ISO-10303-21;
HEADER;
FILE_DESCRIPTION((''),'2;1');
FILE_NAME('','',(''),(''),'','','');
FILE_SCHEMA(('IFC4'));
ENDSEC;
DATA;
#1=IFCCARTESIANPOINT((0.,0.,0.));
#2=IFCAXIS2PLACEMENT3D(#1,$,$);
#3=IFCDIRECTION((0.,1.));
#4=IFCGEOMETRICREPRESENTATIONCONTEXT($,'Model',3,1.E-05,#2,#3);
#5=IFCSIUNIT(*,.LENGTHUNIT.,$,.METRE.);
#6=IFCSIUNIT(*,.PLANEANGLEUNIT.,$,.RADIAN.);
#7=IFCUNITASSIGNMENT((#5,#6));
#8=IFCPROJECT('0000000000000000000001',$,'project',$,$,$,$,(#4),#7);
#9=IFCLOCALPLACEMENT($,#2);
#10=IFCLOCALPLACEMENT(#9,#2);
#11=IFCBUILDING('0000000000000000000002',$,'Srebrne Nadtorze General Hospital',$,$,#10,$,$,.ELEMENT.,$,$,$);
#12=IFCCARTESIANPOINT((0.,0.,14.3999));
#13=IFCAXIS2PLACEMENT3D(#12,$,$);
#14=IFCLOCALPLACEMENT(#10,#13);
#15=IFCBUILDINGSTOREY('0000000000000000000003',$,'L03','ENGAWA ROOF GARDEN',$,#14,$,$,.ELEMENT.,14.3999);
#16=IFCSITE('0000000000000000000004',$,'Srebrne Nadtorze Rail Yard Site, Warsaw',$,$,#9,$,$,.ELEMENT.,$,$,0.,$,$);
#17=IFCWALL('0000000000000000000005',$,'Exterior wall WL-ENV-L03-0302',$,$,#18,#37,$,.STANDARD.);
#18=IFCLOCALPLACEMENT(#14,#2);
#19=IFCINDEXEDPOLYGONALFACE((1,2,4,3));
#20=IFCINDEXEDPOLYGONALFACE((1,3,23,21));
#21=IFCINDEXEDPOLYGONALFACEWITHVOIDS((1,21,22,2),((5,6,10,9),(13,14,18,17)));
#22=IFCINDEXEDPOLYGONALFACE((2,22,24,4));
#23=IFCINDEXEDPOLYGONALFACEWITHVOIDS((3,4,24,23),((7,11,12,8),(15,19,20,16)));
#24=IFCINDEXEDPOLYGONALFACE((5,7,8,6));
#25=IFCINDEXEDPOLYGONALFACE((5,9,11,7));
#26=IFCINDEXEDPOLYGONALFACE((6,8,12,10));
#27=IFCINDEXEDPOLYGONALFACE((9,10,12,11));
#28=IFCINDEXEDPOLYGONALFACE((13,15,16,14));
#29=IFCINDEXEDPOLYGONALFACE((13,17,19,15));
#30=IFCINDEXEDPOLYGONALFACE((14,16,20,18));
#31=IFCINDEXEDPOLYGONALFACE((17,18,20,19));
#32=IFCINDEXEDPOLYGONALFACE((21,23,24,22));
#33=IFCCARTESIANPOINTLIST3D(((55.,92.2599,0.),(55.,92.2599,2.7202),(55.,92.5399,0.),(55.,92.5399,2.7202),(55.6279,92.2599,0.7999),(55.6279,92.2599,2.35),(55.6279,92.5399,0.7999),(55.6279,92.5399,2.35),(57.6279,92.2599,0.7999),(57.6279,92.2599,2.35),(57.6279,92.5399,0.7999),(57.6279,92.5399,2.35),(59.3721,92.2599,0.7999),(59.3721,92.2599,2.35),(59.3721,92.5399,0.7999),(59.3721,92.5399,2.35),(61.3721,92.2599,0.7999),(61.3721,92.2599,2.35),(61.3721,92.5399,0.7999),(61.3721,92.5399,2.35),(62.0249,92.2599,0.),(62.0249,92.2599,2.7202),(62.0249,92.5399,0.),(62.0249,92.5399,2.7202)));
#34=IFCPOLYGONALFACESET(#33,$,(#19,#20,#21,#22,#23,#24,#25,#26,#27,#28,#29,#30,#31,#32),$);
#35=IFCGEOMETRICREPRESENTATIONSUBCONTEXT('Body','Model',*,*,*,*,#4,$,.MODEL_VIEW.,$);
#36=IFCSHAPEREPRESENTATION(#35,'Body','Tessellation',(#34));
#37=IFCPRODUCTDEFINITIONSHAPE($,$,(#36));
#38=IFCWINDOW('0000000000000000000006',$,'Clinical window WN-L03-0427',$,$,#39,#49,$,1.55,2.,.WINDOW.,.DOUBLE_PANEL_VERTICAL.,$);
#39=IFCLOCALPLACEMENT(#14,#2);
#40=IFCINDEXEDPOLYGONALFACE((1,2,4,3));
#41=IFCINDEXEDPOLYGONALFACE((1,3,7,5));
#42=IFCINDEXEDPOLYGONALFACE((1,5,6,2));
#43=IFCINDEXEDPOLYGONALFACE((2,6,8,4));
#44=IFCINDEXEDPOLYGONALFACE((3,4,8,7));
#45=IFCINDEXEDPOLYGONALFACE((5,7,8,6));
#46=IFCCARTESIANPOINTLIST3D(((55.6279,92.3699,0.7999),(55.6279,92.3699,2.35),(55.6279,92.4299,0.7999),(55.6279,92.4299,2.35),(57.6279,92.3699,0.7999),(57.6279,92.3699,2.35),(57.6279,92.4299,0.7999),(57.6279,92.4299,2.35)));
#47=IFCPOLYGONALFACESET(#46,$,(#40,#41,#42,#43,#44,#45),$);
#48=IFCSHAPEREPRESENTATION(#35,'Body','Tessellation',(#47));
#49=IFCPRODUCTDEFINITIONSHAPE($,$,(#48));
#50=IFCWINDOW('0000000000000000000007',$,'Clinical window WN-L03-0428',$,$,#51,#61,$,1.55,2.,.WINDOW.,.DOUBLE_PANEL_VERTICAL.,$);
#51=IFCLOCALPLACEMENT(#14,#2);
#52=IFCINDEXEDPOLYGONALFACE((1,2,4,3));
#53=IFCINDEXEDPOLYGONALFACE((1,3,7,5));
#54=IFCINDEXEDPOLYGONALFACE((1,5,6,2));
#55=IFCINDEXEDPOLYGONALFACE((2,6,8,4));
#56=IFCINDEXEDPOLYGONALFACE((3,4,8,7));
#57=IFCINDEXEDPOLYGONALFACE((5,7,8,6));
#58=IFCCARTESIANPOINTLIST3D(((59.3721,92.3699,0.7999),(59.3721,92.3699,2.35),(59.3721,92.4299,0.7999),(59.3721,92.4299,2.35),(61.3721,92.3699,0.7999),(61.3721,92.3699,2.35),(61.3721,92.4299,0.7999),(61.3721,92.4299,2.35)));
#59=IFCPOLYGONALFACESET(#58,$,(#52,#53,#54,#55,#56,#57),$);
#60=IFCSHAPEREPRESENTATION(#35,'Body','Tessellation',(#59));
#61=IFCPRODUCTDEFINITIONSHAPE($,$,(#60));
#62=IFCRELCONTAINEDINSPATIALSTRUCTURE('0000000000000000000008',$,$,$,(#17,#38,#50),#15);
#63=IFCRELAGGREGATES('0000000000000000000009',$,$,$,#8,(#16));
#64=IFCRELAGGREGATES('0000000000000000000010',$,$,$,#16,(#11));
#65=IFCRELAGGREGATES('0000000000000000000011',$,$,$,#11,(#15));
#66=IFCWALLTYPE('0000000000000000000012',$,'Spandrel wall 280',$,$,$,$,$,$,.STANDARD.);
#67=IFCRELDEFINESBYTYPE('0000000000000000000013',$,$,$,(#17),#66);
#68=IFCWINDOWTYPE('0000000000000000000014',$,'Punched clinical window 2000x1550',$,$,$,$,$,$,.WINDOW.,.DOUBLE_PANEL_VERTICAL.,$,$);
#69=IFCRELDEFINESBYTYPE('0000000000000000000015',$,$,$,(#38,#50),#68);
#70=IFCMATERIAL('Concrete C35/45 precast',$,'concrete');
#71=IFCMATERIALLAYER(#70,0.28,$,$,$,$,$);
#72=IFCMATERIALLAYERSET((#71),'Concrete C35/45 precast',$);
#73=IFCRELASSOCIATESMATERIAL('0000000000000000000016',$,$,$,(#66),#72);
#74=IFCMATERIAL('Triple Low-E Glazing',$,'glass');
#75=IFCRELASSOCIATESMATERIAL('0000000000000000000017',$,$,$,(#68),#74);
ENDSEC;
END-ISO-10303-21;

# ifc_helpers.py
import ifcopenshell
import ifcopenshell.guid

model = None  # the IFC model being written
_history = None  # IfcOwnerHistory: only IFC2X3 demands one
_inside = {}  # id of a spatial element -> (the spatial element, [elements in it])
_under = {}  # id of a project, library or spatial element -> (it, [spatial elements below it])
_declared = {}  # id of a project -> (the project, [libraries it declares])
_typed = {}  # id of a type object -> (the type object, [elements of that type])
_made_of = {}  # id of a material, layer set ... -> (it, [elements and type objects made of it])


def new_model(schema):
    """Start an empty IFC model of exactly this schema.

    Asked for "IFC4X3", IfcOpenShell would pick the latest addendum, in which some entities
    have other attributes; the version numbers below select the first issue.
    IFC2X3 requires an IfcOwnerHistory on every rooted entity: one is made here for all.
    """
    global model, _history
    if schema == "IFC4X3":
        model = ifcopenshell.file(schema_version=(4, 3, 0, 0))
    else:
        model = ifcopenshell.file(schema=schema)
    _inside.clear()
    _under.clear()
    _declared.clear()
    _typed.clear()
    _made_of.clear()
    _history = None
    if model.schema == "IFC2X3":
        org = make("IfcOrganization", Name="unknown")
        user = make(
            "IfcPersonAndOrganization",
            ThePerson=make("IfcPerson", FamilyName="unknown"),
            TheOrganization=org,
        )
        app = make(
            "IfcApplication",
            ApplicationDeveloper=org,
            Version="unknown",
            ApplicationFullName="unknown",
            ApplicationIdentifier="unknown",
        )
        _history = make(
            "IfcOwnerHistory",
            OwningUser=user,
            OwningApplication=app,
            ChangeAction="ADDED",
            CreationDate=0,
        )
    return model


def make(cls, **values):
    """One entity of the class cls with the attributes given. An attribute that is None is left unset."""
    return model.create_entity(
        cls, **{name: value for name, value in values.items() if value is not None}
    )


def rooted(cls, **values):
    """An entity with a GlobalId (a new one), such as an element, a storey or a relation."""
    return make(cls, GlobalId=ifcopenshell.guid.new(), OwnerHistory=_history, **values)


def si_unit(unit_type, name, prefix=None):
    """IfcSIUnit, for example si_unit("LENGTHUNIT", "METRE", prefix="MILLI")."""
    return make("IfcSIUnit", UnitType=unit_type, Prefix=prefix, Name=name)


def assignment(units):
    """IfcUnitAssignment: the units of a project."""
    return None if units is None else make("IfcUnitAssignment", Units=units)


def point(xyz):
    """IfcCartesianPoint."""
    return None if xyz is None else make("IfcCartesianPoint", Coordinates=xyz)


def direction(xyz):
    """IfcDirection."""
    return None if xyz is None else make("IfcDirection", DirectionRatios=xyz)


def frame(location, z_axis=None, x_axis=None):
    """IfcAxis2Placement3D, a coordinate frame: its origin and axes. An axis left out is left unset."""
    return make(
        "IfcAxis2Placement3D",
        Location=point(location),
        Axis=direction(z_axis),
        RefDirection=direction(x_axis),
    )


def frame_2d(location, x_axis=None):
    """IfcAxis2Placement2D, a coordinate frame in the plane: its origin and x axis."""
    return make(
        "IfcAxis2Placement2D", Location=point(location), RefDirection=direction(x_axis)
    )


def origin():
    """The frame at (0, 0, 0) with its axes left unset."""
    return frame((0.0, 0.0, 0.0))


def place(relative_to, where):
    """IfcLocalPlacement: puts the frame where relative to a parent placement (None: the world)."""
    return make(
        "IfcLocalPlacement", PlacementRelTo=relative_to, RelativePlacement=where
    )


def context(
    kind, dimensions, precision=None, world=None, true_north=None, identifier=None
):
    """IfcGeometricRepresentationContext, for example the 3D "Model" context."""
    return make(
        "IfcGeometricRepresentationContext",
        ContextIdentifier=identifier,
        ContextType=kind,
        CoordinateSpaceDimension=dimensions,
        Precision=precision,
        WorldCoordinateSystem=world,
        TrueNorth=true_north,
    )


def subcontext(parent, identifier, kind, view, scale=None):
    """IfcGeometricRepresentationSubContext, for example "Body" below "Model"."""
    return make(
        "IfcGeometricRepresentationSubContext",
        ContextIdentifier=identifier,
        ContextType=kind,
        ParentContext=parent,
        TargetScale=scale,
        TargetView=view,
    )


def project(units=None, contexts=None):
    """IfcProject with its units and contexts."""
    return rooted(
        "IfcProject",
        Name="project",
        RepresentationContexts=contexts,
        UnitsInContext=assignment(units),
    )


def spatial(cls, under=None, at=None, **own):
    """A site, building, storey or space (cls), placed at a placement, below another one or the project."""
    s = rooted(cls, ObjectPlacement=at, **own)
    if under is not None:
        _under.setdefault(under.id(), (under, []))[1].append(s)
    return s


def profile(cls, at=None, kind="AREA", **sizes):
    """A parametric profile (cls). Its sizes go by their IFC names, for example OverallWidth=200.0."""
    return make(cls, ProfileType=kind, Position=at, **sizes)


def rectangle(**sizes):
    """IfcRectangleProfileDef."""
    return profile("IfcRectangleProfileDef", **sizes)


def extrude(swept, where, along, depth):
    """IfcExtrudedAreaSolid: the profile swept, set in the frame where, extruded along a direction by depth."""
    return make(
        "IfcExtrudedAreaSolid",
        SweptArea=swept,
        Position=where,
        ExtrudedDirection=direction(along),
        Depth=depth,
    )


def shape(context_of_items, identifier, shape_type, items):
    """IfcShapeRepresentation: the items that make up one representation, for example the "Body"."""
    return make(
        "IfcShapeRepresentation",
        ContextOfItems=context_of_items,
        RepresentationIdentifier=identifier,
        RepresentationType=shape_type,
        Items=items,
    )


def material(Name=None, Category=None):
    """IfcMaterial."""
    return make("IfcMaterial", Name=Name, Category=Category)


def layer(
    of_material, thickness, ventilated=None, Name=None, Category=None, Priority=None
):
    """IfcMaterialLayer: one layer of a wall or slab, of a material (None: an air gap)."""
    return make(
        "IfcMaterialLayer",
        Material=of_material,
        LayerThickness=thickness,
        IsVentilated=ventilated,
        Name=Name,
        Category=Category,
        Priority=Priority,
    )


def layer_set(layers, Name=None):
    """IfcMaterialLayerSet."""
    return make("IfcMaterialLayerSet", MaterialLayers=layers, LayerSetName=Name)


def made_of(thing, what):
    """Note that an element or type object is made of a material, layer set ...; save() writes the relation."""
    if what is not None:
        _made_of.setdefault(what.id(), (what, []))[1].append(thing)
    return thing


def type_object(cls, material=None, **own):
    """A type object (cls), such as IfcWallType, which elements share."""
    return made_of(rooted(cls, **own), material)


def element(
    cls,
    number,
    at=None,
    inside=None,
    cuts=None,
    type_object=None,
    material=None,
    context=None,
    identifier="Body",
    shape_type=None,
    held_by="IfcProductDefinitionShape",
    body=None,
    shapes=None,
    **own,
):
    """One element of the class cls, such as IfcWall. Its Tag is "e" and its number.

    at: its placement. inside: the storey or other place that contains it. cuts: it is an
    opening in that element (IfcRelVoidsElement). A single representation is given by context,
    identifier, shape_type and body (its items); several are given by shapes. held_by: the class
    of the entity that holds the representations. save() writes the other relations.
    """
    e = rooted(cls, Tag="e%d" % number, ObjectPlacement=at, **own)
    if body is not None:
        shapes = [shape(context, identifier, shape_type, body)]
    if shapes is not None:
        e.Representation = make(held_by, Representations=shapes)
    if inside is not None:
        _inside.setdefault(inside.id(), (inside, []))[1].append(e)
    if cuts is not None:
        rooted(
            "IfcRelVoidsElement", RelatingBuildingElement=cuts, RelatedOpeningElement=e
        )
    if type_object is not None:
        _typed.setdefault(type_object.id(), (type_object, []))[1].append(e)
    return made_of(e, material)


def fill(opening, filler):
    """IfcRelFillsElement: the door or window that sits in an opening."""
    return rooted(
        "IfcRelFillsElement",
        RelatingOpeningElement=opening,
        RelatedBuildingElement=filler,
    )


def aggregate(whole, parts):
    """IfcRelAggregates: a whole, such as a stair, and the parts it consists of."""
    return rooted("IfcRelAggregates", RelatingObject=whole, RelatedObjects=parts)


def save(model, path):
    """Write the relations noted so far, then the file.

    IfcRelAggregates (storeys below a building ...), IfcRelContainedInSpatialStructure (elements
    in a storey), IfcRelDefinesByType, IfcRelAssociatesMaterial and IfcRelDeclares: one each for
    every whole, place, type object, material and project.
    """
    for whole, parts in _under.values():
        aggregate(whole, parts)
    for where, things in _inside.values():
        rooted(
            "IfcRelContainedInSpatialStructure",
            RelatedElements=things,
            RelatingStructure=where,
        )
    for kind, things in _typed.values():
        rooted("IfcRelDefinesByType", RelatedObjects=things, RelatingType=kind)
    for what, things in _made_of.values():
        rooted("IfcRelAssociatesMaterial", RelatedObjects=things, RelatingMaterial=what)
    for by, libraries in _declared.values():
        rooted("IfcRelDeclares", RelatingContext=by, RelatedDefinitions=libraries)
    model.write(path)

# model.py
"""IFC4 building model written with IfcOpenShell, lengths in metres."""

from ifc_helpers import new_model, si_unit, direction, frame, frame_2d, origin, place, context, subcontext, project, spatial, rectangle, extrude, material, layer, layer_set, type_object, element, fill, save


model = new_model("IFC4")

# Units and contexts
model_context = context("Model", 3, precision=1e-05, world=origin(), true_north=direction((0.0, 1.0)))
body_context = subcontext(model_context, "Body", "Model", "MODEL_VIEW")
ifc_project = project(units=[si_unit("LENGTHUNIT", "METRE"), si_unit("PLANEANGLEUNIT", "RADIAN")], contexts=[model_context])

# Site, building, storey
site_placement = place(None, origin())
site = spatial("IfcSite", under=ifc_project, at=site_placement, Name="Srebrne Nadtorze Rail Yard Site, Warsaw", CompositionType="ELEMENT", RefElevation=0.0)
building_placement = place(site_placement, origin())
building = spatial("IfcBuilding", under=site, at=building_placement, Name="Srebrne Nadtorze General Hospital", CompositionType="ELEMENT")
storey_placement = place(building_placement, frame((0.0, 0.0, 14.3999)))
storey = spatial("IfcBuildingStorey", under=building, at=storey_placement, Name="L03", Description="ENGAWA ROOF GARDEN", CompositionType="ELEMENT", Elevation=14.3999)

# Wall, openings, windows
ifc_material_1 = material(Name="Concrete C35/45 precast", Category="concrete")
ifc_layer_1 = layer(ifc_material_1, 0.28)
ifc_layer_set_1 = layer_set([ifc_layer_1], Name="Concrete C35/45 precast")
wall_type_1 = type_object("IfcWallType", Name="Spandrel wall 280", PredefinedType="STANDARD", material=ifc_layer_set_1)
wall_1_placement = place(storey_placement, frame((55.0, 92.3999, 0.0), z_axis=(0.0, 0.0, 1.0), x_axis=(1.0, 0.0, 0.0)))
wall_1 = element("IfcWall", 1, at=wall_1_placement, inside=storey, type_object=wall_type_1, Name="Exterior wall WL-ENV-L03-0302", PredefinedType="STANDARD", context=body_context, shape_type="SweptSolid", body=[
    extrude(rectangle(XDim=7.0249, YDim=0.28, at=frame_2d((3.5125, 0.0))), origin(), (0.0, 0.0, 1.0), 2.7202),
])
opening_1_placement = place(wall_1_placement, frame((0.6279, 0.0, 0.8)))
opening_1 = element("IfcOpeningElement", 2, at=opening_1_placement, cuts=wall_1, PredefinedType="OPENING", context=body_context, shape_type="SweptSolid", body=[
    extrude(rectangle(XDim=2.0, YDim=1.55, at=frame_2d((1.0, 0.7749))), frame((0.0, 0.1519, 0.0), z_axis=(0.0, -1.0, 0.0), x_axis=(1.0, 0.0, 0.0)), (0.0, 0.0, 1.0), 0.304),
])
opening_2_placement = place(wall_1_placement, frame((4.3721, 0.0, 0.8)))
opening_2 = element("IfcOpeningElement", 3, at=opening_2_placement, cuts=wall_1, PredefinedType="OPENING", context=body_context, shape_type="SweptSolid", body=[
    extrude(rectangle(XDim=2.0, YDim=1.55, at=frame_2d((1.0, 0.7749))), frame((0.0, 0.1519, 0.0), z_axis=(0.0, -1.0, 0.0), x_axis=(1.0, 0.0, 0.0)), (0.0, 0.0, 1.0), 0.304),
])
ifc_material_2 = material(Name="Triple Low-E Glazing", Category="glass")
window_type = type_object("IfcWindowType", Name="Punched clinical window 2000x1550", PartitioningType="DOUBLE_PANEL_VERTICAL", PredefinedType="WINDOW", material=ifc_material_2)
window_1_placement = place(opening_1_placement, origin())
window_1 = element("IfcWindow", 4, at=window_1_placement, inside=storey, type_object=window_type, Name="Clinical window WN-L03-0427", OverallHeight=1.55, OverallWidth=2.0, PartitioningType="DOUBLE_PANEL_VERTICAL", PredefinedType="WINDOW", context=body_context, shape_type="SweptSolid", body=[
    extrude(rectangle(XDim=2.0, YDim=1.55, at=frame_2d((1.0, 0.7749))), frame((0.0, 0.03, 0.0), z_axis=(0.0, -1.0, 0.0), x_axis=(1.0, 0.0, 0.0)), (0.0, 0.0, 1.0), 0.0601),
])
fill(opening_1, window_1)
window_2_placement = place(opening_2_placement, origin())
window_2 = element("IfcWindow", 5, at=window_2_placement, inside=storey, type_object=window_type, Name="Clinical window WN-L03-0428", OverallHeight=1.55, OverallWidth=2.0, PartitioningType="DOUBLE_PANEL_VERTICAL", PredefinedType="WINDOW", context=body_context, shape_type="SweptSolid", body=[
    extrude(rectangle(XDim=2.0, YDim=1.55, at=frame_2d((1.0, 0.7749))), frame((0.0, 0.03, 0.0), z_axis=(0.0, -1.0, 0.0), x_axis=(1.0, 0.0, 0.0)), (0.0, 0.0, 1.0), 0.0601),
])
fill(opening_2, window_2)

save(model, "model.ifc")
